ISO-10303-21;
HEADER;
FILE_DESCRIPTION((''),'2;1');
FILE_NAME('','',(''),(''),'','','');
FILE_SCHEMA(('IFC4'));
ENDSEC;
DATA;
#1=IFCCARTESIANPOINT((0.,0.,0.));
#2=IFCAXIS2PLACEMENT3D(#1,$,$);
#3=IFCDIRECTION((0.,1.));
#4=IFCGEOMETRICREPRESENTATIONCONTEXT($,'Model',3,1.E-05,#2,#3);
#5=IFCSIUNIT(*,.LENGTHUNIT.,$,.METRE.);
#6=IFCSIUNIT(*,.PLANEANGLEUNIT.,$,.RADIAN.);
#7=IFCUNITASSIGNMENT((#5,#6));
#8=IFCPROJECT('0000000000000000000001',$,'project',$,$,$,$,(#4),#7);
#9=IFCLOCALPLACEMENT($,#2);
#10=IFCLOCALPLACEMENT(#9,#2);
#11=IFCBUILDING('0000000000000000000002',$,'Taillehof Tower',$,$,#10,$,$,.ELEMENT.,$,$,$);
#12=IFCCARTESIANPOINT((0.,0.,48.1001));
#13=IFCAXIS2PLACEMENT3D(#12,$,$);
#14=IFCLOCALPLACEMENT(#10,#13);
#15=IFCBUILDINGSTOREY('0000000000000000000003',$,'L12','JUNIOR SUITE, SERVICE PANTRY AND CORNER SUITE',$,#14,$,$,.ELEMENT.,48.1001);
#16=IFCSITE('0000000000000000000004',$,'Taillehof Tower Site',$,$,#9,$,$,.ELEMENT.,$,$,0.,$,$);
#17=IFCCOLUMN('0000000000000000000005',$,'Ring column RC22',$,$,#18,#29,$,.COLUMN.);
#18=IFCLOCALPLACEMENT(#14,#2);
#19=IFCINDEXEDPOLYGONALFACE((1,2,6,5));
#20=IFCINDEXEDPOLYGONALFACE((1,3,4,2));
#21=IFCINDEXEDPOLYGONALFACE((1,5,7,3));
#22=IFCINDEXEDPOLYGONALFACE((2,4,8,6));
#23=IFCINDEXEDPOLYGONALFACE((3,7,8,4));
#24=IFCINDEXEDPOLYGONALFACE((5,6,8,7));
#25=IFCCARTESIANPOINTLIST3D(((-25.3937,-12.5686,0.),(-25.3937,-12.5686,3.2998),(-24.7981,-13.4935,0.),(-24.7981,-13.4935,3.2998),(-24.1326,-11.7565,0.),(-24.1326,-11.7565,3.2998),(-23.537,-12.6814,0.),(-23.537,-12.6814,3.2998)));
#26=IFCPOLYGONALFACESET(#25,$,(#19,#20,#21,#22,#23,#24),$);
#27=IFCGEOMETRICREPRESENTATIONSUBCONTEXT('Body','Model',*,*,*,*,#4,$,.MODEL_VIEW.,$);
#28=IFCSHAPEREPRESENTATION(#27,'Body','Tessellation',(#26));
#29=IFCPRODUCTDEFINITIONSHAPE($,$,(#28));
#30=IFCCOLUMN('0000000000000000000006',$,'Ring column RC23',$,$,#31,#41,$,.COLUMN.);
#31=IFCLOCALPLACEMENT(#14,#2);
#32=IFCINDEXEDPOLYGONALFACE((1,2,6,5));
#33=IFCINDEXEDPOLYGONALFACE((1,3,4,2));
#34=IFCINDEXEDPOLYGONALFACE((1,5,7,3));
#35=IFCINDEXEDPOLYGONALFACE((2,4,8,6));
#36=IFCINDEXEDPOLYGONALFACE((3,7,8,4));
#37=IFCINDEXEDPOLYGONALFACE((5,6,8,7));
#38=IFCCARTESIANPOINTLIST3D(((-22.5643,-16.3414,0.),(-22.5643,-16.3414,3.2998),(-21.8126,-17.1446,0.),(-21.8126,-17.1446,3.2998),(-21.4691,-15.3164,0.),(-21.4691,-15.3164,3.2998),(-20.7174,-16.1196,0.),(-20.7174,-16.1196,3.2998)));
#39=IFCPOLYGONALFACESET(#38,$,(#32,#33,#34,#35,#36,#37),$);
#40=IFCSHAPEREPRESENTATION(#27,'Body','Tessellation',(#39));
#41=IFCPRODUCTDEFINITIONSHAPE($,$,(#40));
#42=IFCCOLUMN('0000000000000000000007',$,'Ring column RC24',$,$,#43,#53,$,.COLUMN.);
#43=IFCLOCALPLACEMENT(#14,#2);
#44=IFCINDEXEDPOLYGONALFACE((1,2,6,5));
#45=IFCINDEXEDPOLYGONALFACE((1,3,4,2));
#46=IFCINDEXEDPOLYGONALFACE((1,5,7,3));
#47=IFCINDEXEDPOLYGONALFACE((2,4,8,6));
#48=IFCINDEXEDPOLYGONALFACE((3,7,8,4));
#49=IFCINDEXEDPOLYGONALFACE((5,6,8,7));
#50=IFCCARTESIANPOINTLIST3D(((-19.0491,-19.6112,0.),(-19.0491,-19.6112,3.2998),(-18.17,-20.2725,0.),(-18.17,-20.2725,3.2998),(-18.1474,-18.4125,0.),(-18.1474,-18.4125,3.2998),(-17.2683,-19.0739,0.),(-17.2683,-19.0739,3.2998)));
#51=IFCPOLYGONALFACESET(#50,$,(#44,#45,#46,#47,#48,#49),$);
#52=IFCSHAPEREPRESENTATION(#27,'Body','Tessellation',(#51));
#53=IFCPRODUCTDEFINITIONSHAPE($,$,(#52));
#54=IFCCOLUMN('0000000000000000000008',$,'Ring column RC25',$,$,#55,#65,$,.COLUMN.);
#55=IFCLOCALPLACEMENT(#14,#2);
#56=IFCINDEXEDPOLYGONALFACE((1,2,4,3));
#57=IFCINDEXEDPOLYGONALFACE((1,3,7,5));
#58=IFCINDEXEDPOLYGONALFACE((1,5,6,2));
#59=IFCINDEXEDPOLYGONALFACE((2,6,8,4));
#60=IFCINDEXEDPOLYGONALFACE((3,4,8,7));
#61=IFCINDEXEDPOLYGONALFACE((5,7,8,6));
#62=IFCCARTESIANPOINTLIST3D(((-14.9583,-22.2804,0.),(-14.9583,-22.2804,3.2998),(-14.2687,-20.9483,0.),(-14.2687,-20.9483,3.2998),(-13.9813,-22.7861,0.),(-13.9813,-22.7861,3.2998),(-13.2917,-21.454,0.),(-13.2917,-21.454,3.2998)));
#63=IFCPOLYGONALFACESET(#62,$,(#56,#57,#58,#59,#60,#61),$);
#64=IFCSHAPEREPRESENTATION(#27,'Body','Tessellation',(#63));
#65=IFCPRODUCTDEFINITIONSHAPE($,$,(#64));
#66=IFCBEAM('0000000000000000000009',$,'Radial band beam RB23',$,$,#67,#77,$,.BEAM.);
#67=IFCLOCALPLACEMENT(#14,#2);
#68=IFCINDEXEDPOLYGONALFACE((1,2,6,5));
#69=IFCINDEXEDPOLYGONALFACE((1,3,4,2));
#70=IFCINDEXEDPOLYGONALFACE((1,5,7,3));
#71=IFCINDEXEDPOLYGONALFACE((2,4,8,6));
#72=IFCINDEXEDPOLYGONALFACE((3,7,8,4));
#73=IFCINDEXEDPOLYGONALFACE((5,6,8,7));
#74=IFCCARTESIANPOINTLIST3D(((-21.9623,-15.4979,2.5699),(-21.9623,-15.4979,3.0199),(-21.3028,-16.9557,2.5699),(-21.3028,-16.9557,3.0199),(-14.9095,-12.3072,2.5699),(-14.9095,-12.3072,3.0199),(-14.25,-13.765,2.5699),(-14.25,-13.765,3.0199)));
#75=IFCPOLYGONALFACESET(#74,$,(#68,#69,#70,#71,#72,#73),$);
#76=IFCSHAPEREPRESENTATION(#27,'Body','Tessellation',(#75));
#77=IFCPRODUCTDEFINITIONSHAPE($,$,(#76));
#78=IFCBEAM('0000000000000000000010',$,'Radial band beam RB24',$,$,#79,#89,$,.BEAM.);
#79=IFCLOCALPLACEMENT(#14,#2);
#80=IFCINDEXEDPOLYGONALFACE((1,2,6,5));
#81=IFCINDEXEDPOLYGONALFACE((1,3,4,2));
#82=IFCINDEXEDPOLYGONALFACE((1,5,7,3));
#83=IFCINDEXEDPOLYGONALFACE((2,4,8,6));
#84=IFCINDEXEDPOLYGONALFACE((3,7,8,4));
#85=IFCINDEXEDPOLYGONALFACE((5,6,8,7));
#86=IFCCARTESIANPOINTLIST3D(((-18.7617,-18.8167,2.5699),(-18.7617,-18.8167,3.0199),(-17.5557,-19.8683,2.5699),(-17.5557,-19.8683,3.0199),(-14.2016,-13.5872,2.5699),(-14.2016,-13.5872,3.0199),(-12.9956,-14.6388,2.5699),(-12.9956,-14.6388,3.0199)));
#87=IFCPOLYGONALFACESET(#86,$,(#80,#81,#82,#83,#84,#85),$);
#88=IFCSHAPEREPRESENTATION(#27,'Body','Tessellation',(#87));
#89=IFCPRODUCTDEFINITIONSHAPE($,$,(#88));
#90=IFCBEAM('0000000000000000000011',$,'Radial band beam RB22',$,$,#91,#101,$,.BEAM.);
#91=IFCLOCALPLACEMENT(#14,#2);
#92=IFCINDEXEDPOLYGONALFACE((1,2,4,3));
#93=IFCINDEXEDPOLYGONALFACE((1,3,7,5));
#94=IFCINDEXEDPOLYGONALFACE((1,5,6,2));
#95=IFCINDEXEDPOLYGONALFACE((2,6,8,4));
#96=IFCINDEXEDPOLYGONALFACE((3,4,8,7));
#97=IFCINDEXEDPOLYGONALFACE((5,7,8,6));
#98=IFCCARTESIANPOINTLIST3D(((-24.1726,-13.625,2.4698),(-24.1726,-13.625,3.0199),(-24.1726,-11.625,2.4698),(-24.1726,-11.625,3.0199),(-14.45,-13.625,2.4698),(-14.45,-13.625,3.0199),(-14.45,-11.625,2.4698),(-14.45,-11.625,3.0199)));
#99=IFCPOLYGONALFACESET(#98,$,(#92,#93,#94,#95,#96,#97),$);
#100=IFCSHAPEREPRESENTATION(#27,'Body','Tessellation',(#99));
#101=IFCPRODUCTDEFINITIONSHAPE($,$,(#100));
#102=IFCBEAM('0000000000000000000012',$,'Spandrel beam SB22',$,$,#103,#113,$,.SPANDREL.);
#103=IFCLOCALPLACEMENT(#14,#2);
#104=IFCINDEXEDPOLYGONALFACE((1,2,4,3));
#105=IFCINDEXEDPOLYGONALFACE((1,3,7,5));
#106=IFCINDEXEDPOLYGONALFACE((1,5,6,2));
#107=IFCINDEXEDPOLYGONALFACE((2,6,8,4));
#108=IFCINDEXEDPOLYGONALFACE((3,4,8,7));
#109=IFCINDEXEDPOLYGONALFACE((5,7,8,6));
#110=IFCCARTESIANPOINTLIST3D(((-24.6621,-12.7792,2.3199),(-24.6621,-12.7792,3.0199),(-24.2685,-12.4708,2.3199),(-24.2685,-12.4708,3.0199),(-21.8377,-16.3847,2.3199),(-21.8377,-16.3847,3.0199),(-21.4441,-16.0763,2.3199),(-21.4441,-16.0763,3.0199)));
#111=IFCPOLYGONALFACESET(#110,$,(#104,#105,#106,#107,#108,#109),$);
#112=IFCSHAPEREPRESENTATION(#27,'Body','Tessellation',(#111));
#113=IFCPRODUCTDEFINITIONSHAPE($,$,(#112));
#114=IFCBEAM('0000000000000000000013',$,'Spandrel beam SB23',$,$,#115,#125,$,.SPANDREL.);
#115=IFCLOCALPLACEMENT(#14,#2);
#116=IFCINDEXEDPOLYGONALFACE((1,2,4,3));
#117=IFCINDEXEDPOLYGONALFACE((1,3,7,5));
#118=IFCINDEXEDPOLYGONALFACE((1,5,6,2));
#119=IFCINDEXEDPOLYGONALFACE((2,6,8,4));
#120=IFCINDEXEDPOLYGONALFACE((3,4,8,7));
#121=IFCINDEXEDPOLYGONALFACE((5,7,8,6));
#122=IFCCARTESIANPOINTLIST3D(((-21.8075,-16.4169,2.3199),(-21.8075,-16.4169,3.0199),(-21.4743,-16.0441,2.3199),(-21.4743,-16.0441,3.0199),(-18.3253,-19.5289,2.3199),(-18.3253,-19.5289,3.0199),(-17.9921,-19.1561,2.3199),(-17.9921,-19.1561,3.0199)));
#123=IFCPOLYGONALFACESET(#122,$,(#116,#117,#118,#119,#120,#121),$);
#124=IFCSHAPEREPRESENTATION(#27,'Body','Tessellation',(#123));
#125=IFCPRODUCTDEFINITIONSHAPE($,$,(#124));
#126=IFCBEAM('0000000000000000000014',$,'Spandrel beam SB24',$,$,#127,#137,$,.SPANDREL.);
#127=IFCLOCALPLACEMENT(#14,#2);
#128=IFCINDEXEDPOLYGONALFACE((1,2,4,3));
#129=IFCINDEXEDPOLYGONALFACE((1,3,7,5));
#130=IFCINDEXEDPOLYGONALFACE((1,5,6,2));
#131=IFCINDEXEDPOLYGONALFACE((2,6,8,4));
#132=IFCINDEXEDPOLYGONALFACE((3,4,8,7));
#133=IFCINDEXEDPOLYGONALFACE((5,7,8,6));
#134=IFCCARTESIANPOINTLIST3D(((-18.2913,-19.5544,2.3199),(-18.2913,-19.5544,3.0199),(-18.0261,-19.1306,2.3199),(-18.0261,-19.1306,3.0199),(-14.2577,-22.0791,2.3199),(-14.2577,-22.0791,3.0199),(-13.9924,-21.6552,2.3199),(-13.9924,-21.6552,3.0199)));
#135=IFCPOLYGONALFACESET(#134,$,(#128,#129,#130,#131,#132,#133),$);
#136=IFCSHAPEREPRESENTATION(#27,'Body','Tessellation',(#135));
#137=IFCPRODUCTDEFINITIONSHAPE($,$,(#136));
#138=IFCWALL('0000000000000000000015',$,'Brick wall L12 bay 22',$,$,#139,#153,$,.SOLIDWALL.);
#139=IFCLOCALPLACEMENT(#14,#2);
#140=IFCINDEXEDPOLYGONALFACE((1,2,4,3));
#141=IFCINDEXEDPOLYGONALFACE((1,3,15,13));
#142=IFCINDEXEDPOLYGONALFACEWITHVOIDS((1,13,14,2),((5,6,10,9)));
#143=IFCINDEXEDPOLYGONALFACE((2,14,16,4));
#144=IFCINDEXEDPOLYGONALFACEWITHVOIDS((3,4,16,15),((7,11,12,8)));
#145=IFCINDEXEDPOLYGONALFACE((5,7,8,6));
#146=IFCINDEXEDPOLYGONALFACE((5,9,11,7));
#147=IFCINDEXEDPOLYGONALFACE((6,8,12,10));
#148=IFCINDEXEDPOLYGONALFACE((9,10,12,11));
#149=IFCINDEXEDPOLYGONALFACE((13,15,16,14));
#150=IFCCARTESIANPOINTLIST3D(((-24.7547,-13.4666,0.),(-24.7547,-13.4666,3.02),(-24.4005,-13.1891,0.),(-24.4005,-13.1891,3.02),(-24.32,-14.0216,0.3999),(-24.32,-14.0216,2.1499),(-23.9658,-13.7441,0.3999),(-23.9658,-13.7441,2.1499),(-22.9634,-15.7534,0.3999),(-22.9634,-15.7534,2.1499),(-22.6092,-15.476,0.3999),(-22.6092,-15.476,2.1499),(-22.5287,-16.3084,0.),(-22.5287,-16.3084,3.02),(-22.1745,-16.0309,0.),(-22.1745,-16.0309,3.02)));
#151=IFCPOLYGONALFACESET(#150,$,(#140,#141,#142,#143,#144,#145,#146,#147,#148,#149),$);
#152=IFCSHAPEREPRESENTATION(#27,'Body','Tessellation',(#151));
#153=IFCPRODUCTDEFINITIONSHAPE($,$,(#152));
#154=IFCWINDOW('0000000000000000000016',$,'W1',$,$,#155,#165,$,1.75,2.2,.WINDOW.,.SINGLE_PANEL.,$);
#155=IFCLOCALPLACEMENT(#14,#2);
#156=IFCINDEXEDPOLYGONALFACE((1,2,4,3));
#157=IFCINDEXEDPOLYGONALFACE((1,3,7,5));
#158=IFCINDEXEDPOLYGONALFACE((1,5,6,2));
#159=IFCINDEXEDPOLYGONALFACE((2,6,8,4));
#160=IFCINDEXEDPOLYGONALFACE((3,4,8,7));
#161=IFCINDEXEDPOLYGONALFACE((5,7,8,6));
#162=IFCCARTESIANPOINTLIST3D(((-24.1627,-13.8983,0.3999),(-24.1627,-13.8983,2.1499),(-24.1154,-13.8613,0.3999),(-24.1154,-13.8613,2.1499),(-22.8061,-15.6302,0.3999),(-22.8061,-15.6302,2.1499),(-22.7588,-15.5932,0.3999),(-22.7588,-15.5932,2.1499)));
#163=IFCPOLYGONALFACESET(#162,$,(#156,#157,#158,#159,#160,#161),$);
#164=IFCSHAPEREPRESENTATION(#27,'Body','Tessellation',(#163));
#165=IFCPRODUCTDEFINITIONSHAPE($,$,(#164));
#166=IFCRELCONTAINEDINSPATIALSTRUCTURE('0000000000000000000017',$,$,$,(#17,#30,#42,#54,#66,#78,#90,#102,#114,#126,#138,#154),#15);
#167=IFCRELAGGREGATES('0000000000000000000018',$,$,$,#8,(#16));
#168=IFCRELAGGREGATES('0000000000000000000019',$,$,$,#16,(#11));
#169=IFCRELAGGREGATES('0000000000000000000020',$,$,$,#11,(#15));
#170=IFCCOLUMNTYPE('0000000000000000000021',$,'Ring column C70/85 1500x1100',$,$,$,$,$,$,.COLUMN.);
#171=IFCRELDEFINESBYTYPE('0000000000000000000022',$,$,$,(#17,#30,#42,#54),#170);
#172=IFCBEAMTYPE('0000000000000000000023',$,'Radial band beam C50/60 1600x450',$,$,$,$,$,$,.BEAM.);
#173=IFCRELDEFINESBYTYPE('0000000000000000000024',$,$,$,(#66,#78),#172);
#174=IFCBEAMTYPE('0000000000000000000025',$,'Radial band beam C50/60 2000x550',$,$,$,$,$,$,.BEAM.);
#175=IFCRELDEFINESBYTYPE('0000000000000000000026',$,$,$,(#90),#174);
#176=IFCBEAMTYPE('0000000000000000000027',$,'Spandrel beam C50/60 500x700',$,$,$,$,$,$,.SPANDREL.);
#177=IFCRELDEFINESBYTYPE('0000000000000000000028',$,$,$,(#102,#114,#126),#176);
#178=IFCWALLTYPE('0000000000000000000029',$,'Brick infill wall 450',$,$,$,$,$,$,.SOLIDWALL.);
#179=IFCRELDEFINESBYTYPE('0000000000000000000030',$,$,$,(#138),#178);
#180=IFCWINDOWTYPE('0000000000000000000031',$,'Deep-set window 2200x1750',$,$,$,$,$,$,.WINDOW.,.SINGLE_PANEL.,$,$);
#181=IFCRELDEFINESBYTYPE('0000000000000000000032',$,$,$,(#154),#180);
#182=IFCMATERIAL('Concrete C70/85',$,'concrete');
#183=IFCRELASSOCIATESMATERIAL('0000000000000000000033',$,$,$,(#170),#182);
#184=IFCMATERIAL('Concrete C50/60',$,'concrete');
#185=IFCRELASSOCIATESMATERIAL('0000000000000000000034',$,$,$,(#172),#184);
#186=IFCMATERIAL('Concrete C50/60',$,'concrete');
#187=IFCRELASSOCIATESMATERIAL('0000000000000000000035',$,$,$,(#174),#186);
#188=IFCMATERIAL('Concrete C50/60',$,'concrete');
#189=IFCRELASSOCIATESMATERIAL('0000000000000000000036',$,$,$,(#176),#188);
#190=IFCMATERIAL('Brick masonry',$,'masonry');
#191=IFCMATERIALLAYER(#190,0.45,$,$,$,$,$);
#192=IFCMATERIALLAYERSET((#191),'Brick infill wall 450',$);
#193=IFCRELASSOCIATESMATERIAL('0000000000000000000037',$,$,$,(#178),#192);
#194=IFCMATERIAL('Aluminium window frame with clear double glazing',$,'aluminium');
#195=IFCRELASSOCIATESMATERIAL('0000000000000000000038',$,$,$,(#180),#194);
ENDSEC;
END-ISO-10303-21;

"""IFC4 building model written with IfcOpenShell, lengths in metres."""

from ifc_helpers import new_model, si_unit, direction, frame, frame_2d, origin, origin_2d, place, context, subcontext, project, spatial, rectangle, extrude, material, layer, layer_set, material_profile, profile_set, type_object, element, fill, save


model = new_model("IFC4")

# Units and contexts
model_context = context("Model", 3, precision=1e-05, world=origin(), true_north=direction((0.0, 1.0)))
body_context = subcontext(model_context, "Body", "Model", "MODEL_VIEW")
ifc_project = project(units=[si_unit("LENGTHUNIT", "METRE"), si_unit("PLANEANGLEUNIT", "RADIAN")], contexts=[model_context])

# Site, building, storey
site_placement = place(None, origin())
site = spatial("IfcSite", under=ifc_project, at=site_placement, Name="Taillehof Tower Site", CompositionType="ELEMENT", RefElevation=0.0)
building_placement = place(site_placement, origin())
building = spatial("IfcBuilding", under=site, at=building_placement, Name="Taillehof Tower", CompositionType="ELEMENT")
storey_placement = place(building_placement, frame((0.0, 0.0, 48.1001)))
storey = spatial("IfcBuildingStorey", under=building, at=storey_placement, Name="L12", Description="JUNIOR SUITE, SERVICE PANTRY AND CORNER SUITE", CompositionType="ELEMENT", Elevation=48.1001)

# Columns
ifc_material_1 = material(Name="Concrete C70/85", Category="concrete")
ifc_material_profile_1 = material_profile(ifc_material_1, rectangle(XDim=1.5, YDim=1.1001, at=origin_2d()), Name="RC 1500x1100")
ifc_profile_set_1 = profile_set([ifc_material_profile_1], Name="Concrete C70/85")
column_type = type_object("IfcColumnType", Name="Ring column C70/85 1500x1100", PredefinedType="COLUMN", material=ifc_profile_set_1)
for number, where, z_axis, x_axis, name in (
    (1, (-24.4653, -12.625, 0.0), (0.0, 0.0, 1.0), (-0.840754, -0.541418, 0.0), "Ring column RC22"),
    (2, (-21.6409, -16.2305, 0.0), (0.0, 0.0, 1.0), (-0.730113, -0.683326, 0.0), "Ring column RC23"),
    (3, (-18.1587, -19.3425, 0.0), (0.0, 0.0, 1.0), (-0.601174, -0.799118, 0.0), "Ring column RC24"),
    (4, (-14.125, -21.8672, 0.0), (0.0, 0.0, 1.0), (-0.459691, -0.888079, 0.0), "Ring column RC25"),
):
    element("IfcColumn", number, at=place(storey_placement, frame(where, z_axis=z_axis, x_axis=x_axis)), inside=storey, type_object=column_type, Name=name, PredefinedType="COLUMN", context=body_context, shape_type="SweptSolid", body=[
        extrude(rectangle(XDim=1.5, YDim=1.1001, at=origin_2d()), origin(), (0.0, 0.0, 1.0), 3.2998),
    ])

# Beams
ifc_material_2 = material(Name="Concrete C50/60", Category="concrete")
ifc_material_profile_2 = material_profile(ifc_material_2, rectangle(XDim=1.6001, YDim=0.45, at=origin_2d()), Name="RC 1600x450")
ifc_profile_set_2 = profile_set([ifc_material_profile_2], Name="Concrete C50/60")
beam_type_1 = type_object("IfcBeamType", Name="Radial band beam C50/60 1600x450", PredefinedType="BEAM", material=ifc_profile_set_2)
beam_1_placement = place(storey_placement, frame((-21.6326, -16.2268, 2.7949), z_axis=(0.911101, 0.412184, 0.0), x_axis=(-0.412184, 0.911101, 0.0)))
element("IfcBeam", 5, at=beam_1_placement, inside=storey, type_object=beam_type_1, Name="Radial band beam RB23", PredefinedType="BEAM", context=body_context, shape_type="SweptSolid", body=[
    extrude(rectangle(XDim=1.6001, YDim=0.45, at=origin_2d()), origin(), (0.0, 0.0, 1.0), 7.741),
])
beam_2_placement = place(storey_placement, frame((-18.1587, -19.3425, 2.7949), z_axis=(0.657218, 0.7537, 0.0), x_axis=(-0.7537, 0.657218, 0.0)))
element("IfcBeam", 6, at=beam_2_placement, inside=storey, type_object=beam_type_1, Name="Radial band beam RB24", PredefinedType="BEAM", context=body_context, shape_type="SweptSolid", body=[
    extrude(rectangle(XDim=1.6001, YDim=0.45, at=origin_2d()), origin(), (0.0, 0.0, 1.0), 6.9385),
])
ifc_material_3 = material(Name="Concrete C50/60", Category="concrete")
ifc_material_profile_3 = material_profile(ifc_material_3, rectangle(XDim=2.0, YDim=0.55, at=origin_2d()), Name="RC 2000x550")
ifc_profile_set_3 = profile_set([ifc_material_profile_3], Name="Concrete C50/60")
beam_type_2 = type_object("IfcBeamType", Name="Radial band beam C50/60 2000x550", PredefinedType="BEAM", material=ifc_profile_set_3)
beam_3_placement = place(storey_placement, frame((-24.1726, -12.625, 2.7449), z_axis=(1.0, 0.0, 0.0), x_axis=(0.0, 1.0, 0.0)))
element("IfcBeam", 7, at=beam_3_placement, inside=storey, type_object=beam_type_2, Name="Radial band beam RB22", PredefinedType="BEAM", context=body_context, shape_type="SweptSolid", body=[
    extrude(rectangle(XDim=2.0, YDim=0.55, at=origin_2d()), origin(), (0.0, 0.0, 1.0), 9.7227),
])
ifc_material_4 = material(Name="Concrete C50/60", Category="concrete")
ifc_material_profile_4 = material_profile(ifc_material_4, rectangle(XDim=0.5, YDim=0.7, at=origin_2d()), Name="RC 500x700")
ifc_profile_set_4 = profile_set([ifc_material_profile_4], Name="Concrete C50/60")
beam_type_3 = type_object("IfcBeamType", Name="Spandrel beam C50/60 500x700", PredefinedType="SPANDREL", material=ifc_profile_set_4)
beam_4_placement = place(storey_placement, frame((-24.4653, -12.625, 2.6699), z_axis=(0.616686, -0.787209, 0.0), x_axis=(0.787209, 0.616686, 0.0)))
element("IfcBeam", 8, at=beam_4_placement, inside=storey, type_object=beam_type_3, Name="Spandrel beam SB22", PredefinedType="SPANDREL", context=body_context, shape_type="SweptSolid", body=[
    extrude(rectangle(XDim=0.5, YDim=0.7, at=origin_2d()), origin(), (0.0, 0.0, 1.0), 4.5801),
])
beam_5_placement = place(storey_placement, frame((-21.6409, -16.2305, 2.6699), z_axis=(0.745621, -0.66637, 0.0), x_axis=(0.66637, 0.745621, 0.0)))
element("IfcBeam", 9, at=beam_5_placement, inside=storey, type_object=beam_type_3, Name="Spandrel beam SB23", PredefinedType="SPANDREL", context=body_context, shape_type="SweptSolid", body=[
    extrude(rectangle(XDim=0.5, YDim=0.7, at=origin_2d()), origin(), (0.0, 0.0, 1.0), 4.6702),
])
beam_6_placement = place(storey_placement, frame((-18.1587, -19.3425, 2.6699), z_axis=(0.847658, -0.530543, 0.0), x_axis=(0.530543, 0.847658, 0.0)))
element("IfcBeam", 10, at=beam_6_placement, inside=storey, type_object=beam_type_3, Name="Spandrel beam SB24", PredefinedType="SPANDREL", context=body_context, shape_type="SweptSolid", body=[
    extrude(rectangle(XDim=0.5, YDim=0.7, at=origin_2d()), origin(), (0.0, 0.0, 1.0), 4.7585),
])

# Wall, opening, window
ifc_material_5 = material(Name="Brick masonry", Category="masonry")
ifc_layer_1 = layer(ifc_material_5, 0.45)
ifc_layer_set_1 = layer_set([ifc_layer_1], Name="Brick infill wall 450")
wall_type_1 = type_object("IfcWallType", Name="Brick infill wall 450", PredefinedType="SOLIDWALL", material=ifc_layer_set_1)
wall_1_placement = place(storey_placement, frame((-24.5776, -13.3279, 0.0), z_axis=(0.0, 0.0, 1.0), x_axis=(0.616662, -0.787228, 0.0)))
wall_1 = element("IfcWall", 11, at=wall_1_placement, inside=storey, type_object=wall_type_1, Name="Brick wall L12 bay 22", PredefinedType="SOLIDWALL", context=body_context, shape_type="SweptSolid", body=[
    extrude(rectangle(XDim=3.6099, YDim=0.45, at=frame_2d((1.8049, 0.0))), origin(), (0.0, 0.0, 1.0), 3.02),
])
opening_1_placement = place(wall_1_placement, frame((0.7048, 0.0, 0.3999)))
opening_1 = element("IfcOpeningElement", 12, at=opening_1_placement, cuts=wall_1, PredefinedType="OPENING", context=body_context, shape_type="SweptSolid", body=[
    extrude(rectangle(XDim=2.2, YDim=1.75, at=frame_2d((1.1001, 0.875))), frame((0.0, 0.2349, 0.0), z_axis=(0.0, -1.0, 0.0), x_axis=(1.0, 0.0, 0.0)), (0.0, 0.0, 1.0), 0.47),
])
ifc_material_6 = material(Name="Aluminium window frame with clear double glazing", Category="aluminium")
window_type_1 = type_object("IfcWindowType", Name="Deep-set window 2200x1750", PartitioningType="SINGLE_PANEL", PredefinedType="WINDOW", material=ifc_material_6)
window_1_placement = place(opening_1_placement, origin())
window_1 = element("IfcWindow", 13, at=window_1_placement, inside=storey, type_object=window_type_1, Name="W1", OverallHeight=1.75, OverallWidth=2.2, PartitioningType="SINGLE_PANEL", PredefinedType="WINDOW", context=body_context, shape_type="SweptSolid", body=[
    extrude(rectangle(XDim=2.2, YDim=1.75, at=frame_2d((1.1001, 0.875))), frame((0.0, 0.0349, 0.0), z_axis=(0.0, -1.0, 0.0), x_axis=(1.0, 0.0, 0.0)), (0.0, 0.0, 1.0), 0.0601),
])
fill(opening_1, window_1)

save(model, "model.ifc")
